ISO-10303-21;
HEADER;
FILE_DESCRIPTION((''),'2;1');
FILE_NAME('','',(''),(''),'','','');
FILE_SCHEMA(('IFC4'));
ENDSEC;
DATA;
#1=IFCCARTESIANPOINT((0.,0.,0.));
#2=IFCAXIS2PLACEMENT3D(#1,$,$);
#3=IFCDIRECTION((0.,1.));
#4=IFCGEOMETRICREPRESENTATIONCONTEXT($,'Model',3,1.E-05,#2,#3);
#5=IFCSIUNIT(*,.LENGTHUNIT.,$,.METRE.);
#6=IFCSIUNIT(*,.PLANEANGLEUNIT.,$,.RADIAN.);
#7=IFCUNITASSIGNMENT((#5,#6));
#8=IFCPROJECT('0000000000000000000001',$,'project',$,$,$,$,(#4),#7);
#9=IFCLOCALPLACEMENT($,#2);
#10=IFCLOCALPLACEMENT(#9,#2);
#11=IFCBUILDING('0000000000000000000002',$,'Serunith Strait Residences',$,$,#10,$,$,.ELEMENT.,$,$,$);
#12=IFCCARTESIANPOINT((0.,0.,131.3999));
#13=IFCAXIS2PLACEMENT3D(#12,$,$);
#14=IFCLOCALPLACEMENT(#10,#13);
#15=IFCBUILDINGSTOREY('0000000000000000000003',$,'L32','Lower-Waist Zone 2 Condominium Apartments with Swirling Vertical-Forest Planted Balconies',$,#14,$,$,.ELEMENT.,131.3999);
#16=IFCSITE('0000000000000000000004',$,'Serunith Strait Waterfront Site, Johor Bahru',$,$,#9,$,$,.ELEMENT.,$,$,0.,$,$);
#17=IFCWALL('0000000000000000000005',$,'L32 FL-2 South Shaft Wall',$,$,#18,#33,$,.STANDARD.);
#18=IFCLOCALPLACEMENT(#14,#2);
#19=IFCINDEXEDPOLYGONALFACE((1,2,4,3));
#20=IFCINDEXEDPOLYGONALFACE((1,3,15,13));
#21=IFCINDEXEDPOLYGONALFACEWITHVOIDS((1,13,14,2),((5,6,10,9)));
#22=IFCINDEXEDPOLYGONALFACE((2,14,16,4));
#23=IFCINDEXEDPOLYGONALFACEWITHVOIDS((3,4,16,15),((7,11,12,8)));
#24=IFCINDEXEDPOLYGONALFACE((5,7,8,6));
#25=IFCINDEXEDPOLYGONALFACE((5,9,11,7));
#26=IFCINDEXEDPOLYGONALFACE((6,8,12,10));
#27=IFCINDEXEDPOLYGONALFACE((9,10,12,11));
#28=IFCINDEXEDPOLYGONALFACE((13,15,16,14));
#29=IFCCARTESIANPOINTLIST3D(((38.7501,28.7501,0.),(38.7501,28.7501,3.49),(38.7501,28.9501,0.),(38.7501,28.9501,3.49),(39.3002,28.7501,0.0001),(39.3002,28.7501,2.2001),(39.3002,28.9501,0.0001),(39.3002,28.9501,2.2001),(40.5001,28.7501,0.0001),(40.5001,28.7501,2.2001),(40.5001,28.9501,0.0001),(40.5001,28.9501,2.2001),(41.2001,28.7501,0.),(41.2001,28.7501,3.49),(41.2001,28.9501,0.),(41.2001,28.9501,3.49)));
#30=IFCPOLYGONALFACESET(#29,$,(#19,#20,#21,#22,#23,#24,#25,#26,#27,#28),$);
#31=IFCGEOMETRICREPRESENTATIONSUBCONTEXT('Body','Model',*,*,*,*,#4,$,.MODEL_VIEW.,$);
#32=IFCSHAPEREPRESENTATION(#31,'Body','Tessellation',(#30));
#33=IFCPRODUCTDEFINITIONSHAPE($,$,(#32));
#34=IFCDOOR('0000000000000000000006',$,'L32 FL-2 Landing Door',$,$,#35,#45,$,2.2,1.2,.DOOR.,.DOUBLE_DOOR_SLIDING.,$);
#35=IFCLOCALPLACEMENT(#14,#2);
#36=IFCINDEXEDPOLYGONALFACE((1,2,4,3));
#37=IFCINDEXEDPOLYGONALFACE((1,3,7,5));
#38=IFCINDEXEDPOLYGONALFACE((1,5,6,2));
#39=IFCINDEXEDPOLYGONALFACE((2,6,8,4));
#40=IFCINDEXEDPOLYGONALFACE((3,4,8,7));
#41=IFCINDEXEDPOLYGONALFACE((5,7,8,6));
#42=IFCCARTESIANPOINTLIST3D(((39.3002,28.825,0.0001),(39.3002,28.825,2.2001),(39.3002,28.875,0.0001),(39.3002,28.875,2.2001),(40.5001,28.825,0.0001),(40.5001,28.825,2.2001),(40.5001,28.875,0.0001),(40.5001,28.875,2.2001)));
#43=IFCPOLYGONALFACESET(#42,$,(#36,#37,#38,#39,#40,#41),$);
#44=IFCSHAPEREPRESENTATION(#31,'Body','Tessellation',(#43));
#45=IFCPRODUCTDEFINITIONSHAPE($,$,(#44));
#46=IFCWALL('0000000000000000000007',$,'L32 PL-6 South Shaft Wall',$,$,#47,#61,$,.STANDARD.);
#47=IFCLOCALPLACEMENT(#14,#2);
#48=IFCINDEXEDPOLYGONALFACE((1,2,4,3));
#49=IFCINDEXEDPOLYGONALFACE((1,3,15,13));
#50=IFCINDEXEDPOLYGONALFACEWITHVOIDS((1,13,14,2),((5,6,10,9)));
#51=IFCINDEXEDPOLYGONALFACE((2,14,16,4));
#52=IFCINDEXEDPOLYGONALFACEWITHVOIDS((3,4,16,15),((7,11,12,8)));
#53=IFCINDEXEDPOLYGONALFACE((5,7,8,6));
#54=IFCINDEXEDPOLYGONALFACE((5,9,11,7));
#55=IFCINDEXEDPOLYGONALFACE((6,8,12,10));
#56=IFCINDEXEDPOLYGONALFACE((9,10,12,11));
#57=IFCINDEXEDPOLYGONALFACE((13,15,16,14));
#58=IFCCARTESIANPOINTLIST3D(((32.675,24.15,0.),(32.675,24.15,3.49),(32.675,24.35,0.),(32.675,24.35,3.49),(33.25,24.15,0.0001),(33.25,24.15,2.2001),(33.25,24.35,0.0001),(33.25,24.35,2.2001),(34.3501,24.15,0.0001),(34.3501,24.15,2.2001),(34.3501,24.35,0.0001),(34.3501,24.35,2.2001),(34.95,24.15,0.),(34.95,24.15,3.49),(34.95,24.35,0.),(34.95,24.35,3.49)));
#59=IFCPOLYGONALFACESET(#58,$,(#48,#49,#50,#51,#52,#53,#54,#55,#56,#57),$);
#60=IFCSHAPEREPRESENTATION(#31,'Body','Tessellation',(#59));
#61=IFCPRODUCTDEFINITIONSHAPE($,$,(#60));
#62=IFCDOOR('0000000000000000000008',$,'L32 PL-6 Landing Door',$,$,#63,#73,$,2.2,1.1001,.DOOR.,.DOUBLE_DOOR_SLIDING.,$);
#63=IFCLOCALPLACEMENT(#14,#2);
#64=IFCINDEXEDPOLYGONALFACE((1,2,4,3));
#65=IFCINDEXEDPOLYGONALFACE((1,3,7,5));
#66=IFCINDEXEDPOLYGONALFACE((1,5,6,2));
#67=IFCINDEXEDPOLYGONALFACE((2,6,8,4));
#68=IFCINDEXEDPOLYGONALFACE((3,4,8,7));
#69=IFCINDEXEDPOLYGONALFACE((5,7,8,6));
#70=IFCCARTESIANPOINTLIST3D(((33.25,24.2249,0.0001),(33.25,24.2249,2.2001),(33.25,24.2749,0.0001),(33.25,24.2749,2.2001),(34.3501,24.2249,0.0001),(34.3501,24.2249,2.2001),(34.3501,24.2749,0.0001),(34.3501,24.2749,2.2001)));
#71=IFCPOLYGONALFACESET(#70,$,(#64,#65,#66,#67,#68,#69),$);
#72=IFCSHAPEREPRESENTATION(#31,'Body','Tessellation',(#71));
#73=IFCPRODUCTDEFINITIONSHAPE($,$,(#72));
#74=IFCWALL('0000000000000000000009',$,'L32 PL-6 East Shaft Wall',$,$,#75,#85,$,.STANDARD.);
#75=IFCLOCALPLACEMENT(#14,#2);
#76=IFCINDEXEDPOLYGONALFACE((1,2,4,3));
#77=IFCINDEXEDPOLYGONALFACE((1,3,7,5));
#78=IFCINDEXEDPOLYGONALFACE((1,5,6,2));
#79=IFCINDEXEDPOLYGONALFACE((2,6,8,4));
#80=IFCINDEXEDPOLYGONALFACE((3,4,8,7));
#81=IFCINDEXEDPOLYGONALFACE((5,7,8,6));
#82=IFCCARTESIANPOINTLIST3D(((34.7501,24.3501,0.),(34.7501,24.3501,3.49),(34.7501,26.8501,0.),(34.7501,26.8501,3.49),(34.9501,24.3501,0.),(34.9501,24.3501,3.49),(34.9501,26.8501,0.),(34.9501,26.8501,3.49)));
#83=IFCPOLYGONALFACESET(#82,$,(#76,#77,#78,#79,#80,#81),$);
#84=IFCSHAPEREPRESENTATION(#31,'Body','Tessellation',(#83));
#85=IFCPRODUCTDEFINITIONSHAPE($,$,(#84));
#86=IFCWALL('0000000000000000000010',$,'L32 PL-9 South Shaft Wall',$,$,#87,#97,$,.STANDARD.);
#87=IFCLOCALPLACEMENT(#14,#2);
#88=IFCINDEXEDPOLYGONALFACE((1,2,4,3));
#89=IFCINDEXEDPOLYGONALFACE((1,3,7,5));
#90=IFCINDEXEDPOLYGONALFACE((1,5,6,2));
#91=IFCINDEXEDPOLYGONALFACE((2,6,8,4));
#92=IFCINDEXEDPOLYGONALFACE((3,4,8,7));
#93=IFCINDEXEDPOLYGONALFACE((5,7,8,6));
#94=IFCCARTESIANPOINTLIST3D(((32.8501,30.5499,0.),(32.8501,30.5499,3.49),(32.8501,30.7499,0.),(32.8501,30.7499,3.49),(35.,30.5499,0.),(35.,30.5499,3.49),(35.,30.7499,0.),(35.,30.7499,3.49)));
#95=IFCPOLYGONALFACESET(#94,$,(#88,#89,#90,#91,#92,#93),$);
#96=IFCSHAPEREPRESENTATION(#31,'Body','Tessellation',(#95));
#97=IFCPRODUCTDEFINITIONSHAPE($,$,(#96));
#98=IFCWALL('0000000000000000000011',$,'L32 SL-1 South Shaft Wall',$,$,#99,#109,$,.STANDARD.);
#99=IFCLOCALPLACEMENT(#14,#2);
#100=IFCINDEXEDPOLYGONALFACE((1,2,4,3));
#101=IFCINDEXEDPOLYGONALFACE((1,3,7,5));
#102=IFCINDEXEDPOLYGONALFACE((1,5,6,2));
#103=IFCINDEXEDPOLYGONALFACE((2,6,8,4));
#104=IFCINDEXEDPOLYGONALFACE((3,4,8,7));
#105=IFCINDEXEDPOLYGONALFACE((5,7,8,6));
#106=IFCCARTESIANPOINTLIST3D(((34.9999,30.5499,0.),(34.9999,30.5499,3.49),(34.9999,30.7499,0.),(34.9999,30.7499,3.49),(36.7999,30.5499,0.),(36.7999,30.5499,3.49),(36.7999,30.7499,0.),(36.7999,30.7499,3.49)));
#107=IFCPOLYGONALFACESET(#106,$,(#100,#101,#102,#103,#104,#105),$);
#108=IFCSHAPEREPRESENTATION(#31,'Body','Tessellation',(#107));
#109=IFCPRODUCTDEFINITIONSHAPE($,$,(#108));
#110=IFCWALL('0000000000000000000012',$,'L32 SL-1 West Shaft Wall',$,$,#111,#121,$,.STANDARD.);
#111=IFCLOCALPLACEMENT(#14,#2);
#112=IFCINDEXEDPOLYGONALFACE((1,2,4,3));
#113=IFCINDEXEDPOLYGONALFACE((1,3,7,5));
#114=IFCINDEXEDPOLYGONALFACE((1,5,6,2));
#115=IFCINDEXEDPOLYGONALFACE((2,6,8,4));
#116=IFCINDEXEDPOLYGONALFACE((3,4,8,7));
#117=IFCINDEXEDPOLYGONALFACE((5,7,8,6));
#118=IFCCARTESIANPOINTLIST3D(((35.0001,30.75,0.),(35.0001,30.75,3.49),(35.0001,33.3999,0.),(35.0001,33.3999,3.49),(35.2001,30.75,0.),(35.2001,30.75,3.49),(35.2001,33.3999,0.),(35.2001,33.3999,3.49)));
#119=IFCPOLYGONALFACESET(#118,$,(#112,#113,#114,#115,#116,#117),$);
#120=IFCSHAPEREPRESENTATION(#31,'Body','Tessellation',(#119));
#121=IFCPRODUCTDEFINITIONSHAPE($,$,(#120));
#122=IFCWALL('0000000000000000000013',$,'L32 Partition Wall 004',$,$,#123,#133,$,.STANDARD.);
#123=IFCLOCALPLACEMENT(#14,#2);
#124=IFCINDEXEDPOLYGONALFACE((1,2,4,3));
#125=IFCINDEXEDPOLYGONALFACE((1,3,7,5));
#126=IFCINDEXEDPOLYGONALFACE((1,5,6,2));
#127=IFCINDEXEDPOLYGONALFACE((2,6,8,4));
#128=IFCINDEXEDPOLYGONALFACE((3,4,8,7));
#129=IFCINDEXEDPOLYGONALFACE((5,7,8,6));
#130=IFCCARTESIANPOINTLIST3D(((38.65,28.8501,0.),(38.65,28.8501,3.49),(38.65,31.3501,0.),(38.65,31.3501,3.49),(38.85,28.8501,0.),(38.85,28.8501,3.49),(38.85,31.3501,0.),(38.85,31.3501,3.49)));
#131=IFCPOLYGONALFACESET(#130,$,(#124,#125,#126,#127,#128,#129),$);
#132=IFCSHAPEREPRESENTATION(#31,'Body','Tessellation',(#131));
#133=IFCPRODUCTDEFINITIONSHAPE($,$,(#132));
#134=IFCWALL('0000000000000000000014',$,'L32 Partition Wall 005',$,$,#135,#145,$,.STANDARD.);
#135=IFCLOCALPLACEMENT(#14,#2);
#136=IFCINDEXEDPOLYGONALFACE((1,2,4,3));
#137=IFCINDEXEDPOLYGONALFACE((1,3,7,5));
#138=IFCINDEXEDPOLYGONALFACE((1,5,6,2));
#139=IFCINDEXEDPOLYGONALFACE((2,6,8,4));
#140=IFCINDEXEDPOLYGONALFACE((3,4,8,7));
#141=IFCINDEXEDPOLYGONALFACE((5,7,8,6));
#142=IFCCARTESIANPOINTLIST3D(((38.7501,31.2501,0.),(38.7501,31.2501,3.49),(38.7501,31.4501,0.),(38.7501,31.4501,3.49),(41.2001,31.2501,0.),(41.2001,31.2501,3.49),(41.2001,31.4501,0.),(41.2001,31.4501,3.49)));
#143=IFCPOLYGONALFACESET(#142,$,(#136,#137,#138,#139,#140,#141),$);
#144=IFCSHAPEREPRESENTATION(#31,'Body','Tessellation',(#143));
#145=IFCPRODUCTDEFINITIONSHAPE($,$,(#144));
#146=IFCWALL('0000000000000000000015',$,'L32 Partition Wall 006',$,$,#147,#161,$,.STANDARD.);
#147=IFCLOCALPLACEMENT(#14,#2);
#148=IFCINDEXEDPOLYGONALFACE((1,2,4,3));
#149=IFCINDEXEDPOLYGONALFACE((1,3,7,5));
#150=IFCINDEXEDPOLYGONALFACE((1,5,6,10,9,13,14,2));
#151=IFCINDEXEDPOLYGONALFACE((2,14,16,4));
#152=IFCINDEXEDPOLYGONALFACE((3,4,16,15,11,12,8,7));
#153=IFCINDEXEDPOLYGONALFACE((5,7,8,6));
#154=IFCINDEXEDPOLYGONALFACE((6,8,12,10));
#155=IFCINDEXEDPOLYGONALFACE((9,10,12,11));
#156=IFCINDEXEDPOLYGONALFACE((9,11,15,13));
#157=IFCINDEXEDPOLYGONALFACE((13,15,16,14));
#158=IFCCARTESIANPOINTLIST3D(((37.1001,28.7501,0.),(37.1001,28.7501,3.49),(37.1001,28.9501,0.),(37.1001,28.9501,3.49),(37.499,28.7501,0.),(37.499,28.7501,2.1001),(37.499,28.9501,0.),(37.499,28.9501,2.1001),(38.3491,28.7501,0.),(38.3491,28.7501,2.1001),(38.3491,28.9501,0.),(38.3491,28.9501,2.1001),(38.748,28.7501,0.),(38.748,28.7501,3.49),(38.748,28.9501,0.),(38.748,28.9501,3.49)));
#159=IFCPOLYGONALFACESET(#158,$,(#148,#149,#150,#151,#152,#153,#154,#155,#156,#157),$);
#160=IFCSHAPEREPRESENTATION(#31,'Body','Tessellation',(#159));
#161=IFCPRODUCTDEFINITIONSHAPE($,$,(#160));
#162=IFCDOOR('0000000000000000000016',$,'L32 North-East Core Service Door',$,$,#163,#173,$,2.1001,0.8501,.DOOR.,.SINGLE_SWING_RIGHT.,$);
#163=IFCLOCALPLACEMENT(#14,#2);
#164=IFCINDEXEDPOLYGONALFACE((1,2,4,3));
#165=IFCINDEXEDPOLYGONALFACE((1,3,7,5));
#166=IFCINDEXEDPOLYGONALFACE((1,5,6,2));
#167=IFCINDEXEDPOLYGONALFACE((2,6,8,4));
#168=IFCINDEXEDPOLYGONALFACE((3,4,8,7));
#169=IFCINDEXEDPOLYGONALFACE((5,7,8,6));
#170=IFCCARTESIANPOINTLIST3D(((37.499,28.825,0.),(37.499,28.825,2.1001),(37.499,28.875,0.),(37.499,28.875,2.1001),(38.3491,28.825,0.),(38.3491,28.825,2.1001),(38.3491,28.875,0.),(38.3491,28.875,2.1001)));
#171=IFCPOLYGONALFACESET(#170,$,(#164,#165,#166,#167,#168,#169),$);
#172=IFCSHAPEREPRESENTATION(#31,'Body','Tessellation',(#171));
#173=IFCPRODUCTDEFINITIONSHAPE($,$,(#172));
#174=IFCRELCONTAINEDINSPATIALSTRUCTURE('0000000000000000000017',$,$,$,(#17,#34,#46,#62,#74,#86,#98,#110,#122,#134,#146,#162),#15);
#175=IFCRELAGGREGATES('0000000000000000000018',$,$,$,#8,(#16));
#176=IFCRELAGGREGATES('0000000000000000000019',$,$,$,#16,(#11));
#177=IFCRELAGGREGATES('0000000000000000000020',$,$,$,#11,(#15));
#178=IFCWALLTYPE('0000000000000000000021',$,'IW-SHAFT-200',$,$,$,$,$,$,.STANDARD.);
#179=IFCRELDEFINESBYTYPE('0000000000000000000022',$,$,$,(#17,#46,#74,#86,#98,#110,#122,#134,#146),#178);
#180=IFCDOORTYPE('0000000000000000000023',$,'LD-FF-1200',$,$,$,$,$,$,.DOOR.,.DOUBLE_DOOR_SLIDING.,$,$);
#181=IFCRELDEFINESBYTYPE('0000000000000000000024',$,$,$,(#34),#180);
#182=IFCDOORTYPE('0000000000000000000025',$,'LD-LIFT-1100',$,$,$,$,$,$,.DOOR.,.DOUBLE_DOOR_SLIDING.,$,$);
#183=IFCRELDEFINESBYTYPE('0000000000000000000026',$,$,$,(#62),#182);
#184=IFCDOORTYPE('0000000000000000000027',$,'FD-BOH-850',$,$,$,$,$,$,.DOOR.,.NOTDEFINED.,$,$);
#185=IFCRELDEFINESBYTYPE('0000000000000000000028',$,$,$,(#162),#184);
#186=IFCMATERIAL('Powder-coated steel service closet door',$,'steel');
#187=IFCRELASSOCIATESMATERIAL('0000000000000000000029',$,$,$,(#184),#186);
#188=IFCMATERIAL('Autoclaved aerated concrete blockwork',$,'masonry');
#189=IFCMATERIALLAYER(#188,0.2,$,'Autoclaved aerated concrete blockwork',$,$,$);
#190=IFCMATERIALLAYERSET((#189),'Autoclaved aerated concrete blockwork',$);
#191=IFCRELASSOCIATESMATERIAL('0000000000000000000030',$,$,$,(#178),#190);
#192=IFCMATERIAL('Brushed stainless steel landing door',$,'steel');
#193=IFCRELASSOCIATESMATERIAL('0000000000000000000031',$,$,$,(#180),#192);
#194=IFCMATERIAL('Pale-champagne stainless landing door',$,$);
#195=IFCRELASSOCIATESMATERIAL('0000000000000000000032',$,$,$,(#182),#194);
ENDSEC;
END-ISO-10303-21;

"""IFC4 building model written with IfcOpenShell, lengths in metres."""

from ifc_helpers import new_model, si_unit, direction, frame, frame_2d, origin, place, context, subcontext, project, spatial, rectangle, extrude, source, transform, mapped, material, layer, layer_set, type_object, element, fill, save


model = new_model("IFC4")

# Units and contexts
model_context = context("Model", 3, precision=1e-05, world=origin(), true_north=direction((0.0, 1.0)))
body_context = subcontext(model_context, "Body", "Model", "MODEL_VIEW")
ifc_project = project(units=[si_unit("LENGTHUNIT", "METRE"), si_unit("PLANEANGLEUNIT", "RADIAN")], contexts=[model_context])

# Site, building, storey
site_placement = place(None, origin())
site = spatial("IfcSite", under=ifc_project, at=site_placement, Name="Serunith Strait Waterfront Site, Johor Bahru", CompositionType="ELEMENT", RefElevation=0.0)
building_placement = place(site_placement, origin())
building = spatial("IfcBuilding", under=site, at=building_placement, Name="Serunith Strait Residences", CompositionType="ELEMENT")
storey_placement = place(building_placement, frame((0.0, 0.0, 131.3999)))
storey = spatial("IfcBuildingStorey", under=building, at=storey_placement, Name="L32", Description="Lower-Waist Zone 2 Condominium Apartments with Swirling Vertical-Forest Planted Balconies", CompositionType="ELEMENT", Elevation=131.3999)

# Shared definitions
ifc_material_1 = material(Name="Powder-coated steel service closet door", Category="steel")
door_type_1 = type_object("IfcDoorType", Name="FD-BOH-850", OperationType="NOTDEFINED", PredefinedType="DOOR", material=ifc_material_1)
shared_shape_1 = source(origin(), body_context, "Body", "SweptSolid", [
    extrude(rectangle(XDim=0.8501, YDim=2.1001, at=frame_2d((0.425, 1.05))), frame((0.0, 0.0249, 0.0), z_axis=(0.0, -1.0, 0.0), x_axis=(1.0, 0.0, 0.0)), (0.0, 0.0, 1.0), 0.05),
])

# Walls, openings, doors
ifc_material_2 = material(Name="Autoclaved aerated concrete blockwork", Category="masonry")
ifc_layer_1 = layer(ifc_material_2, 0.2, Name="Autoclaved aerated concrete blockwork")
ifc_layer_set_1 = layer_set([ifc_layer_1], Name="Autoclaved aerated concrete blockwork")
wall_type_1 = type_object("IfcWallType", Name="IW-SHAFT-200", PredefinedType="STANDARD", material=ifc_layer_set_1)
wall_1_placement = place(storey_placement, frame((38.75, 28.8501, 0.0), z_axis=(0.0, 0.0, 1.0), x_axis=(1.0, 0.0, 0.0)))
wall_1 = element("IfcWall", 1, at=wall_1_placement, inside=storey, type_object=wall_type_1, Name="L32 FL-2 South Shaft Wall", PredefinedType="STANDARD", context=body_context, shape_type="SweptSolid", body=[
    extrude(rectangle(XDim=2.45, YDim=0.2, at=frame_2d((1.2251, 0.0))), origin(), (0.0, 0.0, 1.0), 3.49),
])
opening_1_placement = place(wall_1_placement, frame((0.55, 0.0, 0.0)))
opening_1 = element("IfcOpeningElement", 2, at=opening_1_placement, cuts=wall_1, PredefinedType="OPENING", context=body_context, shape_type="SweptSolid", body=[
    extrude(rectangle(XDim=1.2, YDim=2.2, at=frame_2d((0.6001, 1.1001))), frame((0.0, 0.1099, 0.0), z_axis=(0.0, -1.0, 0.0), x_axis=(1.0, 0.0, 0.0)), (0.0, 0.0, 1.0), 0.22),
])
ifc_material_3 = material(Name="Brushed stainless steel landing door", Category="steel")
door_type_2 = type_object("IfcDoorType", Name="LD-FF-1200", OperationType="DOUBLE_DOOR_SLIDING", PredefinedType="DOOR", material=ifc_material_3)
shared_shape_2 = source(origin(), body_context, "Body", "SweptSolid", [
    extrude(rectangle(XDim=1.2, YDim=2.2, at=frame_2d((0.6001, 1.1001))), frame((0.0, 0.0249, 0.0), z_axis=(0.0, -1.0, 0.0), x_axis=(1.0, 0.0, 0.0)), (0.0, 0.0, 1.0), 0.05),
])
door_1_placement = place(opening_1_placement, origin())
door_1 = element("IfcDoor", 3, at=door_1_placement, inside=storey, type_object=door_type_2, Name="L32 FL-2 Landing Door", OperationType="DOUBLE_DOOR_SLIDING", OverallHeight=2.2, OverallWidth=1.2, PredefinedType="DOOR", context=body_context, shape_type="MappedRepresentation", body=[
    mapped(shared_shape_2, transform((0.0, 0.0, 0.0), scale=1.0)),
])
fill(opening_1, door_1)
wall_2_placement = place(storey_placement, frame((32.675, 24.25, 0.0), z_axis=(0.0, 0.0, 1.0), x_axis=(1.0, 0.0, 0.0)))
wall_2 = element("IfcWall", 4, at=wall_2_placement, inside=storey, type_object=wall_type_1, Name="L32 PL-6 South Shaft Wall", PredefinedType="STANDARD", context=body_context, shape_type="SweptSolid", body=[
    extrude(rectangle(XDim=2.2749, YDim=0.2, at=frame_2d((1.1375, 0.0))), origin(), (0.0, 0.0, 1.0), 3.49),
])
opening_2_placement = place(wall_2_placement, frame((0.575, 0.0, 0.0)))
opening_2 = element("IfcOpeningElement", 5, at=opening_2_placement, cuts=wall_2, PredefinedType="OPENING", context=body_context, shape_type="SweptSolid", body=[
    extrude(rectangle(XDim=1.1001, YDim=2.2, at=frame_2d((0.55, 1.1001))), frame((0.0, 0.1099, 0.0), z_axis=(0.0, -1.0, 0.0), x_axis=(1.0, 0.0, 0.0)), (0.0, 0.0, 1.0), 0.22),
])
ifc_material_4 = material(Name="Pale-champagne stainless landing door")
door_type_3 = type_object("IfcDoorType", Name="LD-LIFT-1100", OperationType="DOUBLE_DOOR_SLIDING", PredefinedType="DOOR", material=ifc_material_4)
shared_shape_3 = source(origin(), body_context, "Body", "SweptSolid", [
    extrude(rectangle(XDim=1.1001, YDim=2.2, at=frame_2d((0.55, 1.1001))), frame((0.0, 0.0249, 0.0), z_axis=(0.0, -1.0, 0.0), x_axis=(1.0, 0.0, 0.0)), (0.0, 0.0, 1.0), 0.05),
])
door_2_placement = place(opening_2_placement, origin())
door_2 = element("IfcDoor", 6, at=door_2_placement, inside=storey, type_object=door_type_3, Name="L32 PL-6 Landing Door", OperationType="DOUBLE_DOOR_SLIDING", OverallHeight=2.2, OverallWidth=1.1001, PredefinedType="DOOR", context=body_context, shape_type="MappedRepresentation", body=[
    mapped(shared_shape_3, transform((0.0, 0.0, 0.0), scale=1.0)),
])
fill(opening_2, door_2)

# Walls
wall_3_placement = place(storey_placement, frame((34.8501, 24.3501, 0.0), z_axis=(0.0, 0.0, 1.0), x_axis=(0.0, 1.0, 0.0)))
element("IfcWall", 7, at=wall_3_placement, inside=storey, type_object=wall_type_1, Name="L32 PL-6 East Shaft Wall", PredefinedType="STANDARD", context=body_context, shape_type="SweptSolid", body=[
    extrude(rectangle(XDim=2.5, YDim=0.2, at=frame_2d((1.25, 0.0))), origin(), (0.0, 0.0, 1.0), 3.49),
])
wall_4_placement = place(storey_placement, frame((32.8501, 30.6499, 0.0), z_axis=(0.0, 0.0, 1.0), x_axis=(1.0, 0.0, 0.0)))
element("IfcWall", 8, at=wall_4_placement, inside=storey, type_object=wall_type_1, Name="L32 PL-9 South Shaft Wall", PredefinedType="STANDARD", context=body_context, shape_type="SweptSolid", body=[
    extrude(rectangle(XDim=2.1499, YDim=0.2, at=frame_2d((1.075, 0.0))), origin(), (0.0, 0.0, 1.0), 3.49),
])
wall_5_placement = place(storey_placement, frame((35.0, 30.6499, 0.0), z_axis=(0.0, 0.0, 1.0), x_axis=(1.0, 0.0, 0.0)))
element("IfcWall", 9, at=wall_5_placement, inside=storey, type_object=wall_type_1, Name="L32 SL-1 South Shaft Wall", PredefinedType="STANDARD", context=body_context, shape_type="SweptSolid", body=[
    extrude(rectangle(XDim=1.8, YDim=0.2, at=frame_2d((0.8999, 0.0))), origin(), (0.0, 0.0, 1.0), 3.49),
])
wall_6_placement = place(storey_placement, frame((35.1001, 30.75, 0.0), z_axis=(0.0, 0.0, 1.0), x_axis=(0.0, 1.0, 0.0)))
element("IfcWall", 10, at=wall_6_placement, inside=storey, type_object=wall_type_1, Name="L32 SL-1 West Shaft Wall", PredefinedType="STANDARD", context=body_context, shape_type="SweptSolid", body=[
    extrude(rectangle(XDim=2.6499, YDim=0.2, at=frame_2d((1.325, 0.0))), origin(), (0.0, 0.0, 1.0), 3.49),
])
wall_7_placement = place(storey_placement, frame((38.75, 28.8501, 0.0), z_axis=(0.0, 0.0, 1.0), x_axis=(0.0, 1.0, 0.0)))
element("IfcWall", 11, at=wall_7_placement, inside=storey, type_object=wall_type_1, Name="L32 Partition Wall 004", PredefinedType="STANDARD", context=body_context, shape_type="SweptSolid", body=[
    extrude(rectangle(XDim=2.5, YDim=0.2, at=frame_2d((1.25, 0.0))), origin(), (0.0, 0.0, 1.0), 3.49),
])
wall_8_placement = place(storey_placement, frame((38.75, 31.3501, 0.0), z_axis=(0.0, 0.0, 1.0), x_axis=(1.0, 0.0, 0.0)))
element("IfcWall", 12, at=wall_8_placement, inside=storey, type_object=wall_type_1, Name="L32 Partition Wall 005", PredefinedType="STANDARD", context=body_context, shape_type="SweptSolid", body=[
    extrude(rectangle(XDim=2.45, YDim=0.2, at=frame_2d((1.2251, 0.0))), origin(), (0.0, 0.0, 1.0), 3.49),
])

# Wall, opening, door
wall_9_placement = place(storey_placement, frame((37.1001, 28.8501, 0.0), z_axis=(0.0, 0.0, 1.0), x_axis=(1.0, 0.0, 0.0)))
wall_9 = element("IfcWall", 13, at=wall_9_placement, inside=storey, type_object=wall_type_1, Name="L32 Partition Wall 006", PredefinedType="STANDARD", context=body_context, shape_type="SweptSolid", body=[
    extrude(rectangle(XDim=1.6479, YDim=0.2, at=frame_2d((0.824, 0.0))), origin(), (0.0, 0.0, 1.0), 3.49),
])
opening_3_placement = place(wall_9_placement, frame((0.3989, 0.0, 0.0)))
opening_3 = element("IfcOpeningElement", 14, at=opening_3_placement, cuts=wall_9, PredefinedType="OPENING", context=body_context, shape_type="SweptSolid", body=[
    extrude(rectangle(XDim=0.8501, YDim=2.1001, at=frame_2d((0.425, 1.05))), frame((0.0, 0.1099, 0.0), z_axis=(0.0, -1.0, 0.0), x_axis=(1.0, 0.0, 0.0)), (0.0, 0.0, 1.0), 0.22),
])
door_3_placement = place(opening_3_placement, origin())
door_3 = element("IfcDoor", 15, at=door_3_placement, inside=storey, type_object=door_type_1, Name="L32 North-East Core Service Door", OperationType="SINGLE_SWING_RIGHT", OverallHeight=2.1001, OverallWidth=0.8501, PredefinedType="DOOR", context=body_context, shape_type="MappedRepresentation", body=[
    mapped(shared_shape_1, transform((0.0, 0.0, 0.0), scale=1.0)),
])
fill(opening_3, door_3)

save(model, "model.ifc")
